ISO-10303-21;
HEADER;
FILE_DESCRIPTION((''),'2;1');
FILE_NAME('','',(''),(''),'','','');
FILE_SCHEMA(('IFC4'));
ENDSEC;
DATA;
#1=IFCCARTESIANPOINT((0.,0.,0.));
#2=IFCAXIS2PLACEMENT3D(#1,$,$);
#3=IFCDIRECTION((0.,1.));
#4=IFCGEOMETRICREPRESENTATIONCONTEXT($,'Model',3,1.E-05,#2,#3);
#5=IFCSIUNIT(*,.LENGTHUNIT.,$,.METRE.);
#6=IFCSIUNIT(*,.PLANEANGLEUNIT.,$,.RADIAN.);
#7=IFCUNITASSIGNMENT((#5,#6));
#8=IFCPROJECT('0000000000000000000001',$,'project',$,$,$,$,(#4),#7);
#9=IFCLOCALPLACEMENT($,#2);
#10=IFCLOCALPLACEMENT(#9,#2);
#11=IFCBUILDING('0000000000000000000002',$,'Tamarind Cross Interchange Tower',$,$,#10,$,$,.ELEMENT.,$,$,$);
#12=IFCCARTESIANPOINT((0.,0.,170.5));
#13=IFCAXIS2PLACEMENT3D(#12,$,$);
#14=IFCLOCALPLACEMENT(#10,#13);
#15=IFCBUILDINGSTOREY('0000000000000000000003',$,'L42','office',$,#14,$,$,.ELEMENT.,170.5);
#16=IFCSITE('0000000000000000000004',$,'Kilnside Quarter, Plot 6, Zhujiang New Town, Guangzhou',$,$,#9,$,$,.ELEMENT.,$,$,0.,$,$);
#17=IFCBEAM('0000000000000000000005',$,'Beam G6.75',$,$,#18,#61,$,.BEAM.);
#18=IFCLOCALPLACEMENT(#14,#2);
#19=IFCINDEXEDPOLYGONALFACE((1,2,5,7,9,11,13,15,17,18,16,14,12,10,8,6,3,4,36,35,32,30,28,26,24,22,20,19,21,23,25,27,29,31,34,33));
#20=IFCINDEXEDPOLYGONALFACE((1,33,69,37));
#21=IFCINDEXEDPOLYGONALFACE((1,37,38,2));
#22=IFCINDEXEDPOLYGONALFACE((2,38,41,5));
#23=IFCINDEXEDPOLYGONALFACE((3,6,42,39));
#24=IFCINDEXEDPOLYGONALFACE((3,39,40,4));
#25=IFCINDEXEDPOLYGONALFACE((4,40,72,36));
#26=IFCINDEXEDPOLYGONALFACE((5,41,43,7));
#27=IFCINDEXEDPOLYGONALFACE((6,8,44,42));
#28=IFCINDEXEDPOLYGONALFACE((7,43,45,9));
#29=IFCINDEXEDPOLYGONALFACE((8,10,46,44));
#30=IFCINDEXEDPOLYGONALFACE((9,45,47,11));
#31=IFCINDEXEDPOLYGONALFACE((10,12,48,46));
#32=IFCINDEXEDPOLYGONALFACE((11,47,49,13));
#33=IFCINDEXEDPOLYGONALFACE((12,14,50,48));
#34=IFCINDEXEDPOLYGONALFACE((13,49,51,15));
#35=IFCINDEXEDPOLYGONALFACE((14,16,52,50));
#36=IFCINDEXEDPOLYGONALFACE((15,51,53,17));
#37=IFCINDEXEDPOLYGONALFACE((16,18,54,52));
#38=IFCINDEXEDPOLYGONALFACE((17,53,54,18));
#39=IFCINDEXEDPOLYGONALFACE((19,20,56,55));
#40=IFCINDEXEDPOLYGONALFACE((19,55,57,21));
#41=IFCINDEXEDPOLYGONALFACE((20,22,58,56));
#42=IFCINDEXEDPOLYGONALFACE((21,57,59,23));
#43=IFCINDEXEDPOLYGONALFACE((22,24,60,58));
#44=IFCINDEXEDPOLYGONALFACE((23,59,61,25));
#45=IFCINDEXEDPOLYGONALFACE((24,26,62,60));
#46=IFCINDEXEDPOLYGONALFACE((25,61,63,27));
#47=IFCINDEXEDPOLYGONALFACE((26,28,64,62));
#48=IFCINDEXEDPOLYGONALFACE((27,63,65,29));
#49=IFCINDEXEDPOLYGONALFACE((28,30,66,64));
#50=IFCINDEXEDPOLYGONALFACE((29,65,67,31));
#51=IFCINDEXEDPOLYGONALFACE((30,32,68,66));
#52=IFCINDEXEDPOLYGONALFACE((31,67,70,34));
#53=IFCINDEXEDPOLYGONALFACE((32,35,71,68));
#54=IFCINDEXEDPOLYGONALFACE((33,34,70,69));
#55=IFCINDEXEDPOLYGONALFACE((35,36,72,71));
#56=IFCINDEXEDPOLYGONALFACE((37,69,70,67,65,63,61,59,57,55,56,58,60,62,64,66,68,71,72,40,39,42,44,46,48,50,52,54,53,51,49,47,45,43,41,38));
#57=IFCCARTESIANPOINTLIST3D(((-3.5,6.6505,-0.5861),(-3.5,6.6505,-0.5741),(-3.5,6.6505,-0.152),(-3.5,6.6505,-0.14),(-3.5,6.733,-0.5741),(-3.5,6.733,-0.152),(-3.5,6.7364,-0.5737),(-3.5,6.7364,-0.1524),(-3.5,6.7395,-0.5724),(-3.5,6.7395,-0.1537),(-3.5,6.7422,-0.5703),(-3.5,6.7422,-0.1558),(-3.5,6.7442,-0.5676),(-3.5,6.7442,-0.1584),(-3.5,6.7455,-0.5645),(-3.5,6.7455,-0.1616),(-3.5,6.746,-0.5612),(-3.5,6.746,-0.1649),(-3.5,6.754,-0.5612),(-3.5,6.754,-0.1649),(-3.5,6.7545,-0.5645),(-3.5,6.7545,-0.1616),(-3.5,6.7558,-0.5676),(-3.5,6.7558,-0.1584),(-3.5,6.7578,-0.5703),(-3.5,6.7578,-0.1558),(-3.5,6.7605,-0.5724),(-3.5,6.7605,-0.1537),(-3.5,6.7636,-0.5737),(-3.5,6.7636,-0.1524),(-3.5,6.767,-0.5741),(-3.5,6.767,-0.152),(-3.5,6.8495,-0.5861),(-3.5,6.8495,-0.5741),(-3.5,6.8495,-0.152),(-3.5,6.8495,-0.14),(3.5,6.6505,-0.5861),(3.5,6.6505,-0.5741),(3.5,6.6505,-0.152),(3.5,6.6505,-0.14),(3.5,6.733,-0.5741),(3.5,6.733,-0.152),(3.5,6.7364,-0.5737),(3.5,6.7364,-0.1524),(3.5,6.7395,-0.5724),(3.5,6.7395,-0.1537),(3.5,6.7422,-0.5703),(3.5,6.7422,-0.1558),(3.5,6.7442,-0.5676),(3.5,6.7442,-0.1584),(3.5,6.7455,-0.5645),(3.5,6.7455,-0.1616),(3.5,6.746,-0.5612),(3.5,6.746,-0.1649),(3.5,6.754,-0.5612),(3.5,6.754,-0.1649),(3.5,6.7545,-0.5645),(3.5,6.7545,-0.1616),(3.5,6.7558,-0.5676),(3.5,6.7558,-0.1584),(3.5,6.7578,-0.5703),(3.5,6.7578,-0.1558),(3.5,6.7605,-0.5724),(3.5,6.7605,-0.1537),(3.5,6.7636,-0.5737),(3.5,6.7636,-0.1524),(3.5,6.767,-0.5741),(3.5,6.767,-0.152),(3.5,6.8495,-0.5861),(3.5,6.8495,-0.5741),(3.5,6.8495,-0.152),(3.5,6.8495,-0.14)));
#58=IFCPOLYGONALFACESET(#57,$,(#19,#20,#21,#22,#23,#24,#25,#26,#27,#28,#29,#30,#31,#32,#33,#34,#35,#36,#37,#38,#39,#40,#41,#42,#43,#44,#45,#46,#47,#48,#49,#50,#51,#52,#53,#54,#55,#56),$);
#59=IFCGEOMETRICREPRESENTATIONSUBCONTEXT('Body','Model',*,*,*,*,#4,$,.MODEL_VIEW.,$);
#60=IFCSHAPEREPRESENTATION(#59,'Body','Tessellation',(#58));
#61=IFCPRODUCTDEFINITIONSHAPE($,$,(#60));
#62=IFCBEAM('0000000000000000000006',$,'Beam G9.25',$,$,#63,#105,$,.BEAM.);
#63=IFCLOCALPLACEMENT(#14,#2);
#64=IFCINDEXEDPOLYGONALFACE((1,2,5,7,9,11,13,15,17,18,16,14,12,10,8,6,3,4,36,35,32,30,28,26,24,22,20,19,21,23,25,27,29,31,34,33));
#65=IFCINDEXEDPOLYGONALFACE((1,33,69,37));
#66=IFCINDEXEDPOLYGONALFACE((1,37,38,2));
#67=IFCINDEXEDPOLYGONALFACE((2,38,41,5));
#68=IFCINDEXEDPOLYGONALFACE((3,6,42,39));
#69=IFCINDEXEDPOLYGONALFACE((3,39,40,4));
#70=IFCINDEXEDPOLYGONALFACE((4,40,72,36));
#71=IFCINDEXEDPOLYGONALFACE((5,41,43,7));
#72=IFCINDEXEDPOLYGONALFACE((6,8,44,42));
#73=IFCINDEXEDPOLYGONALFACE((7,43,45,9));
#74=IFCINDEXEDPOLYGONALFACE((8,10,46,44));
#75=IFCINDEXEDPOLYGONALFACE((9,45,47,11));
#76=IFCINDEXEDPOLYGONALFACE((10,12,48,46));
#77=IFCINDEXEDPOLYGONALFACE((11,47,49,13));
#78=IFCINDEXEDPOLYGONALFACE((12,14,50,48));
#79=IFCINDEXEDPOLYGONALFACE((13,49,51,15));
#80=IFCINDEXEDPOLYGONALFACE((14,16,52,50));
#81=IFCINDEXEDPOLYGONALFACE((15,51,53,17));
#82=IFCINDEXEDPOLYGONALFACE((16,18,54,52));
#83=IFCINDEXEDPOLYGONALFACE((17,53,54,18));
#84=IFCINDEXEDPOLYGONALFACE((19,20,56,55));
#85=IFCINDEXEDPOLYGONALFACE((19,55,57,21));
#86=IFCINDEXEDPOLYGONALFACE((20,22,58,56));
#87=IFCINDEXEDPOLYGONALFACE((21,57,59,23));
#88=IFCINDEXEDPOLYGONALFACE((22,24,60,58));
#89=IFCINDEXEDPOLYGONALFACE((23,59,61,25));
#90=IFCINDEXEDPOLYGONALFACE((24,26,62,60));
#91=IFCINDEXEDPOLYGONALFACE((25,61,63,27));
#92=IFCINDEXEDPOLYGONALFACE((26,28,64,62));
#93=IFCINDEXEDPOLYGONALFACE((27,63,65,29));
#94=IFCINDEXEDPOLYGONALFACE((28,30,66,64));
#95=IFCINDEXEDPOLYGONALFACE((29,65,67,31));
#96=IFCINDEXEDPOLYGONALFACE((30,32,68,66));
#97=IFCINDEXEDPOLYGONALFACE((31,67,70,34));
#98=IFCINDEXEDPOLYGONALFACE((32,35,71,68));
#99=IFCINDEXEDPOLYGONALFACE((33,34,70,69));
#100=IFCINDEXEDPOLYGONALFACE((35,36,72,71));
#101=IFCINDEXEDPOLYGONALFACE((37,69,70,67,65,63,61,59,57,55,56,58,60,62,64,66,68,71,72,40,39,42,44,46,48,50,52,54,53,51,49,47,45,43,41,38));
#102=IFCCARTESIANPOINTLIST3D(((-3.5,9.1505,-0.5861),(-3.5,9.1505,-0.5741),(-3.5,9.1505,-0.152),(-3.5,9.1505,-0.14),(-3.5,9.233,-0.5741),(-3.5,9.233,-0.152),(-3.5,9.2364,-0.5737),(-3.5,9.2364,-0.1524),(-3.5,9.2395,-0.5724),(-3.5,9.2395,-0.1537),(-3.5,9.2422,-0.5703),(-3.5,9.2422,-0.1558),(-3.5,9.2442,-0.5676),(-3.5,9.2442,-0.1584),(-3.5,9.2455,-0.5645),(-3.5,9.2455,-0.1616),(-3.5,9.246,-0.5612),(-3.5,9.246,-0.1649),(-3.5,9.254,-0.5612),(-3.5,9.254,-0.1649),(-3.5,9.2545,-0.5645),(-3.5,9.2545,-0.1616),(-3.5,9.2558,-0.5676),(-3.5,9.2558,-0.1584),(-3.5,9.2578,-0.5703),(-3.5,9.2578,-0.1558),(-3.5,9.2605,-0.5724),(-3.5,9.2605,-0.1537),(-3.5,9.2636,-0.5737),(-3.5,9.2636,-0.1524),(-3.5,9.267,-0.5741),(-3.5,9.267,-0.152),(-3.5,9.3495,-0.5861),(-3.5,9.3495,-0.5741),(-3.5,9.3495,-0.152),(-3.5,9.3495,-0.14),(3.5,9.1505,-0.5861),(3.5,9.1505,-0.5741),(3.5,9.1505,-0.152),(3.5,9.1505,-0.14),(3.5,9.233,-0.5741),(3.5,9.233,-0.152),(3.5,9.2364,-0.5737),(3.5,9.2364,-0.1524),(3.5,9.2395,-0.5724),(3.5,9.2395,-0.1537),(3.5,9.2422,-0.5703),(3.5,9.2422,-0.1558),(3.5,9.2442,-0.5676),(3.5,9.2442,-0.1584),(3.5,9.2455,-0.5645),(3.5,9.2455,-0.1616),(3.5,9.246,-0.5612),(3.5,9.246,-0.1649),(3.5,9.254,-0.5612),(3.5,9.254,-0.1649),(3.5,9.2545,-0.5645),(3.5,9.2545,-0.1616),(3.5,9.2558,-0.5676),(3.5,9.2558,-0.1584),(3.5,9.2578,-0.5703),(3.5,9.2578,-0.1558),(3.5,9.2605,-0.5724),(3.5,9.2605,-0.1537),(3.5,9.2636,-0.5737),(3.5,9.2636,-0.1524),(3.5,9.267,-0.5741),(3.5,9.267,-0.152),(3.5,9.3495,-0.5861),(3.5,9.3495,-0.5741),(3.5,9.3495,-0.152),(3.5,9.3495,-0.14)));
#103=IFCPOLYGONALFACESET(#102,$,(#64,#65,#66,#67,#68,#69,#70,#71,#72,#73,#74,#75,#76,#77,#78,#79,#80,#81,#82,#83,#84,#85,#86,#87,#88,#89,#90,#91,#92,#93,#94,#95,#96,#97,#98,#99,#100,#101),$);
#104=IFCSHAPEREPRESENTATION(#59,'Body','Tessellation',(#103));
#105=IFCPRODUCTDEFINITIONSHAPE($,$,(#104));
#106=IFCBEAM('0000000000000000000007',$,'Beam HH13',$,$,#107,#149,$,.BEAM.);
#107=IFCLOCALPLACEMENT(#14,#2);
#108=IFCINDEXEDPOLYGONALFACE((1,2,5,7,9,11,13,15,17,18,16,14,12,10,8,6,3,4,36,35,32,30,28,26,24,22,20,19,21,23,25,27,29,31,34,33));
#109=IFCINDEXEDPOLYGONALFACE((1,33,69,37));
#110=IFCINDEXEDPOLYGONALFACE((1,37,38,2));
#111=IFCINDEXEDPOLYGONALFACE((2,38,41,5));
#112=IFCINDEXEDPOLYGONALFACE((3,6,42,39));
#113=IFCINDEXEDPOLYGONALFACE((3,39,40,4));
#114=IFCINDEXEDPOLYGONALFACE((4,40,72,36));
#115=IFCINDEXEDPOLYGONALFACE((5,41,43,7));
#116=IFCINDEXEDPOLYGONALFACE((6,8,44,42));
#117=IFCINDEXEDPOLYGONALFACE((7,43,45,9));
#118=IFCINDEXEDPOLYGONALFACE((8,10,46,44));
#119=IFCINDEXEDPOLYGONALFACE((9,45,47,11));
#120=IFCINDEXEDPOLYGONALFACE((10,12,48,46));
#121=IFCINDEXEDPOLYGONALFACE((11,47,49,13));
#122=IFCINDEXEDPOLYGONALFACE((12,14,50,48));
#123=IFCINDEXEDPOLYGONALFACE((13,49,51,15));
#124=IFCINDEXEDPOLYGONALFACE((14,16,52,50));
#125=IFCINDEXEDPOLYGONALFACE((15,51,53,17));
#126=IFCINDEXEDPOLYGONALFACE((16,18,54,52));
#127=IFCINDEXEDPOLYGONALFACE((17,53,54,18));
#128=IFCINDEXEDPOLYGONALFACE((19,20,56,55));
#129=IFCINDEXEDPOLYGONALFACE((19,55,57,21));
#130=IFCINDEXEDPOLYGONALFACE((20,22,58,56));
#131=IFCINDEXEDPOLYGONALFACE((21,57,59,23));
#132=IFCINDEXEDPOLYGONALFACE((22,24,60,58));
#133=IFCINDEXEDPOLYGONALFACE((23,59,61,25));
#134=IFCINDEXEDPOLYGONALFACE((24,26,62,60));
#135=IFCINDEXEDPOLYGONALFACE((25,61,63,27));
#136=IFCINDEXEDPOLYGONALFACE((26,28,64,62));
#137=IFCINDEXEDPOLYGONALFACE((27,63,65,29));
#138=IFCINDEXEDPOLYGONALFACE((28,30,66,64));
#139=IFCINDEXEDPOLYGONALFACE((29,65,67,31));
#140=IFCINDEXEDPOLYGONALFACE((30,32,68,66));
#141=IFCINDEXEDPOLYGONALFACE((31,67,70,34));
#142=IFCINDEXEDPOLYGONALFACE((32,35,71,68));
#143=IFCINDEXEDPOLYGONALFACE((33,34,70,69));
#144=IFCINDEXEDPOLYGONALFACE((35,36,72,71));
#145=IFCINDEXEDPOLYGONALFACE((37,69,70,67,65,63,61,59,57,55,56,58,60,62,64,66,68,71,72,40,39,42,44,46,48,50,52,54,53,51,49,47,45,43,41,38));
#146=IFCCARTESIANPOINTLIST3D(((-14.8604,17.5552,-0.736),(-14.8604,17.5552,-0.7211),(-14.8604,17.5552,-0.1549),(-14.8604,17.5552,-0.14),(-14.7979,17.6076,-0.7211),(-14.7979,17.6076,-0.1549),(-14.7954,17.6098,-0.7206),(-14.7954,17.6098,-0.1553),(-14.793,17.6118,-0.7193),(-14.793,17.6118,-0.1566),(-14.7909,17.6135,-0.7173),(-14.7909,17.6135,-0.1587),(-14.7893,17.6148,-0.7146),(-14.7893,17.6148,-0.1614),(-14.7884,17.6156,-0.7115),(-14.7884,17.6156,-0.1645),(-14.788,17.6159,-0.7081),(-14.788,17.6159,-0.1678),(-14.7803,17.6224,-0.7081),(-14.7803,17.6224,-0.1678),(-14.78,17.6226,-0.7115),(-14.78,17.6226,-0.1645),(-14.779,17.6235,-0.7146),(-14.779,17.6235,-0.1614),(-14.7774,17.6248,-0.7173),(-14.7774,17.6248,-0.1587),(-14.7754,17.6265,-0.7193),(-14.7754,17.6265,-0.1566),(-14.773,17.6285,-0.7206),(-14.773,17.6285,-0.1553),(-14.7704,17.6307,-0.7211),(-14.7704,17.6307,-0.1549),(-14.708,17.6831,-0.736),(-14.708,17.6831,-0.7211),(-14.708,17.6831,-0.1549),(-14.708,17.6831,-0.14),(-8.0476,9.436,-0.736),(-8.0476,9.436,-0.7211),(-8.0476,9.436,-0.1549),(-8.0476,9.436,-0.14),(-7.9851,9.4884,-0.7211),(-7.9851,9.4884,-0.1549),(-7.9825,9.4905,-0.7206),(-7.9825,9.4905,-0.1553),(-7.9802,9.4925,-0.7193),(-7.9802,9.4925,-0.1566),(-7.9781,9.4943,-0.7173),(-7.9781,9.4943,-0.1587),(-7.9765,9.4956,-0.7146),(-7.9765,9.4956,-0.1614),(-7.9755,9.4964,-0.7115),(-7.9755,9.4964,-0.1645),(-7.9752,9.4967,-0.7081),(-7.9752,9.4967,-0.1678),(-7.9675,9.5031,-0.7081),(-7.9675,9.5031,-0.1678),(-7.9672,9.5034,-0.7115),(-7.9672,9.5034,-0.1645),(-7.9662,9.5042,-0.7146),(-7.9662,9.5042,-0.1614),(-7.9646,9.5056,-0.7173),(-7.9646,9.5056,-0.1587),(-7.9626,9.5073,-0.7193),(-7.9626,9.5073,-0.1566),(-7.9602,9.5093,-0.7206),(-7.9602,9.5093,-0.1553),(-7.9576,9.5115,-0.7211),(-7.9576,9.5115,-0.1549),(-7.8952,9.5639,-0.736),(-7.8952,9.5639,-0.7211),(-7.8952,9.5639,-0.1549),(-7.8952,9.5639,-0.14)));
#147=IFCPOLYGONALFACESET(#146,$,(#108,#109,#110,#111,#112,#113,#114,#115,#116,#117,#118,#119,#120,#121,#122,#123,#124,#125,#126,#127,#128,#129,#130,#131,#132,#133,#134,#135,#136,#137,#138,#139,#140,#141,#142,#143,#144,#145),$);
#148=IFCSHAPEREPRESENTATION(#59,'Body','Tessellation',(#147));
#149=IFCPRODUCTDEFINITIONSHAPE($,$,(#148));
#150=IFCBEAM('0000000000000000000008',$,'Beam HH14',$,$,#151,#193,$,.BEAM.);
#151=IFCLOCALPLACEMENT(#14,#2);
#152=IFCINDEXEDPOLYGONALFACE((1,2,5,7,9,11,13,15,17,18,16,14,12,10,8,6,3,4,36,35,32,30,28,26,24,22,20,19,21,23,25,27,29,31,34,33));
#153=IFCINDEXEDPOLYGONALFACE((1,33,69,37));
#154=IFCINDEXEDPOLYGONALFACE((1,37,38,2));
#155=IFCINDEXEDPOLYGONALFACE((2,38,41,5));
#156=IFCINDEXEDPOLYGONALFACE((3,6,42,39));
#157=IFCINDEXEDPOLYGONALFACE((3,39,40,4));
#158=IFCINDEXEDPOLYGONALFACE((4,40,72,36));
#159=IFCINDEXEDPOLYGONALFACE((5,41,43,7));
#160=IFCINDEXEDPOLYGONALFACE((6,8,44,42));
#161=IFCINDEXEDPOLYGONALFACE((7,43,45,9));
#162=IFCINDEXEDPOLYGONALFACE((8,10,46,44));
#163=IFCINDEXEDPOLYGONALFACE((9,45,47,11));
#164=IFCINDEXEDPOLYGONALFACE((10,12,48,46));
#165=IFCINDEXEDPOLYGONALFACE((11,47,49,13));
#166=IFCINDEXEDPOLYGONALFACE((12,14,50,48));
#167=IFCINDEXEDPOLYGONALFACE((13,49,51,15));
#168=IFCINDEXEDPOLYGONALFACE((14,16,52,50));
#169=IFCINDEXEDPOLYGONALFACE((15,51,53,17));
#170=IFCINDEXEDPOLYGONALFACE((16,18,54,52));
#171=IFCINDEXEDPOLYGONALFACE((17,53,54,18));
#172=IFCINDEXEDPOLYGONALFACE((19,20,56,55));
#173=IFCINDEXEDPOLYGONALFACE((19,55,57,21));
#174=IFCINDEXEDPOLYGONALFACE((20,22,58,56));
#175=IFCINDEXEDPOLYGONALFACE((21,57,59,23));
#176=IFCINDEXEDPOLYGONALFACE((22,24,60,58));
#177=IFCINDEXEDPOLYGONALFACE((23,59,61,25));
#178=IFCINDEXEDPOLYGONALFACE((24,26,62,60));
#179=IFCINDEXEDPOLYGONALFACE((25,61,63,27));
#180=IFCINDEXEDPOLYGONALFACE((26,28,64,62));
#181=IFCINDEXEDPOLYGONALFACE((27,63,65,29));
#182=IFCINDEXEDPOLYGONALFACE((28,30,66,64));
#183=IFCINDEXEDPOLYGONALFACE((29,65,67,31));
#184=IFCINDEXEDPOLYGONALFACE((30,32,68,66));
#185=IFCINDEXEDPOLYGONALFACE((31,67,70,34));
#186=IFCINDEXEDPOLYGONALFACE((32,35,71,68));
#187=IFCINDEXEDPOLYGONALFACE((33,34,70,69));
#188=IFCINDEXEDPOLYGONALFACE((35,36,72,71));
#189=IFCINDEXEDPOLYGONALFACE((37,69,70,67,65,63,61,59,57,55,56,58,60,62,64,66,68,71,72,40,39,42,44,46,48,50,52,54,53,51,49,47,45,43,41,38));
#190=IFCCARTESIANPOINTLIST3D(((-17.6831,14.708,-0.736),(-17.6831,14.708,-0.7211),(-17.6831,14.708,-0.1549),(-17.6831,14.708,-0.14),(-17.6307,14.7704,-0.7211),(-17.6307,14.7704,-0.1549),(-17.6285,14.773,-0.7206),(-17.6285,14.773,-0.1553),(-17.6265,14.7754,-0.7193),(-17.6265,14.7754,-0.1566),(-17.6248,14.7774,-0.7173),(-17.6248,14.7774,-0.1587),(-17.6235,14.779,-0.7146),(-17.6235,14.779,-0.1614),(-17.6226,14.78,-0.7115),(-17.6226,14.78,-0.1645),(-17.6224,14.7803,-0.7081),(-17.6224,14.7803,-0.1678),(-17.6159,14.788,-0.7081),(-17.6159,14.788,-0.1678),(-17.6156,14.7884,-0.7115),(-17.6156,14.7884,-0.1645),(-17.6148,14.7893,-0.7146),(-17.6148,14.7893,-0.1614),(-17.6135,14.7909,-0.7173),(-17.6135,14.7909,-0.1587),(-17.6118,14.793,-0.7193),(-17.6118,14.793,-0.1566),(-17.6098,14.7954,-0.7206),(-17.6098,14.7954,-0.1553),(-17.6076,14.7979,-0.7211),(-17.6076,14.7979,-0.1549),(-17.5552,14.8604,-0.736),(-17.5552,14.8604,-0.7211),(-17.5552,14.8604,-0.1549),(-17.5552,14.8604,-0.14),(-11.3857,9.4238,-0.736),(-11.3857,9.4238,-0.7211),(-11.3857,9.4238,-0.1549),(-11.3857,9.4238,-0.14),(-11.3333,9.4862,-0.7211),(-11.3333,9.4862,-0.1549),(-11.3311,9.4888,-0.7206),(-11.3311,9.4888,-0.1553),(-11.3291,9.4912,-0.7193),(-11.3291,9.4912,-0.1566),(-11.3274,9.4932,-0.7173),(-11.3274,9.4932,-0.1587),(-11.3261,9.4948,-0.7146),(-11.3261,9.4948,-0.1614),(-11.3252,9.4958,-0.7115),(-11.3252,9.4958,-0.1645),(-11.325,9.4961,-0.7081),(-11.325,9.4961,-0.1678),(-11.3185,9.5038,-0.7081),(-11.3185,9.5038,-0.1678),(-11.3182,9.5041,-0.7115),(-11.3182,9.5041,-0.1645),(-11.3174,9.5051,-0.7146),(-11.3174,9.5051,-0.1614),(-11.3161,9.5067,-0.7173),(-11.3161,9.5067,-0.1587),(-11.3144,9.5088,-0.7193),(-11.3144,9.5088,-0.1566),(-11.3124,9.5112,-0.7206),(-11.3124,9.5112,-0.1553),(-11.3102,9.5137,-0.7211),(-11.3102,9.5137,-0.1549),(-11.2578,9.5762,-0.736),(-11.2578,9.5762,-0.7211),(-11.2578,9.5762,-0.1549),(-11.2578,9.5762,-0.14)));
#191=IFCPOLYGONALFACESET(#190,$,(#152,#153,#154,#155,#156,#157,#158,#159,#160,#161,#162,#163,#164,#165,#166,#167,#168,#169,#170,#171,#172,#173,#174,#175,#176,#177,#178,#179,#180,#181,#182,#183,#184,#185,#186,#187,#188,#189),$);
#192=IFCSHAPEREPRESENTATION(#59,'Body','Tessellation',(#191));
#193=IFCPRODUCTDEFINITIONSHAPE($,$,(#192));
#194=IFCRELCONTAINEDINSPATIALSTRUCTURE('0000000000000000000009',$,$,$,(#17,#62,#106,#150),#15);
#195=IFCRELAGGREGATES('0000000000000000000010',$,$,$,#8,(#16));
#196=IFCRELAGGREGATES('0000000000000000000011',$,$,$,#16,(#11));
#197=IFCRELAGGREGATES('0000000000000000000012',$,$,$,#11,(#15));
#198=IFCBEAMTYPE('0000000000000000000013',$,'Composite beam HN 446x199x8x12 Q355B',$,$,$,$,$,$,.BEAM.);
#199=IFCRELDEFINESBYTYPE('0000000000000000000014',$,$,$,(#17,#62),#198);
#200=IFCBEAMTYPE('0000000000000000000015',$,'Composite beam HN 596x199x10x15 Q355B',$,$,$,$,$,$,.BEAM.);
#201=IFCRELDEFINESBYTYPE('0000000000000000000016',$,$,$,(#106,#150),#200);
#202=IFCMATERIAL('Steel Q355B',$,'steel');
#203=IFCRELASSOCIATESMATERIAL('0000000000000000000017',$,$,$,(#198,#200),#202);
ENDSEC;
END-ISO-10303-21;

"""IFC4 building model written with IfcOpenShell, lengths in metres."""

from ifc_helpers import new_model, si_unit, direction, frame, origin, origin_2d, place, context, subcontext, project, spatial, i_section, extrude, material, material_profile, profile_set, type_object, element, save


model = new_model("IFC4")

# Units and contexts
model_context = context("Model", 3, precision=1e-05, world=origin(), true_north=direction((0.0, 1.0)))
body_context = subcontext(model_context, "Body", "Model", "MODEL_VIEW")
ifc_project = project(units=[si_unit("LENGTHUNIT", "METRE"), si_unit("PLANEANGLEUNIT", "RADIAN")], contexts=[model_context])

# Site, building, storey
site_placement = place(None, origin())
site = spatial("IfcSite", under=ifc_project, at=site_placement, Name="Kilnside Quarter, Plot 6, Zhujiang New Town, Guangzhou", CompositionType="ELEMENT", RefElevation=0.0)
building_placement = place(site_placement, origin())
building = spatial("IfcBuilding", under=site, at=building_placement, Name="Tamarind Cross Interchange Tower", CompositionType="ELEMENT")
storey_placement = place(building_placement, frame((0.0, 0.0, 170.5)))
storey = spatial("IfcBuildingStorey", under=building, at=storey_placement, Name="L42", Description="office", CompositionType="ELEMENT", Elevation=170.5)

# Beams
ifc_material_1 = material(Name="Steel Q355B", Category="steel")
ifc_material_profile_1 = material_profile(ifc_material_1, i_section(OverallWidth=0.199, OverallDepth=0.446, WebThickness=0.0081, FlangeThickness=0.012, FilletRadius=0.0129, at=origin_2d()), Name="HN 446x199x8x12")
ifc_profile_set_1 = profile_set([ifc_material_profile_1], Name="Steel Q355B")
beam_type_1 = type_object("IfcBeamType", Name="Composite beam HN 446x199x8x12 Q355B", PredefinedType="BEAM", material=ifc_profile_set_1)
for number, where, z_axis, x_axis, name in (
    (1, (-3.5, 6.75, -0.363), (1.0, 0.0, 0.0), (0.0, 1.0, 0.0), "Beam G6.75"),
    (2, (-3.5, 9.25, -0.363), (1.0, 0.0, 0.0), (0.0, 1.0, 0.0), "Beam G9.25"),
):
    element("IfcBeam", number, at=place(storey_placement, frame(where, z_axis=z_axis, x_axis=x_axis)), inside=storey, type_object=beam_type_1, Name=name, PredefinedType="BEAM", context=body_context, shape_type="SweptSolid", body=[
        extrude(i_section(OverallWidth=0.199, OverallDepth=0.446, WebThickness=0.0081, FlangeThickness=0.012, FilletRadius=0.0129, at=origin_2d()), origin(), (0.0, 0.0, 1.0), 7.0),
    ])
ifc_material_profile_2 = material_profile(ifc_material_1, i_section(OverallWidth=0.199, OverallDepth=0.5959, WebThickness=0.01, FlangeThickness=0.0149, FilletRadius=0.0129, at=origin_2d()), Name="HN 596x199x10x15")
ifc_profile_set_2 = profile_set([ifc_material_profile_2], Name="Steel Q355B")
beam_type_2 = type_object("IfcBeamType", Name="Composite beam HN 596x199x10x15 Q355B", PredefinedType="BEAM", material=ifc_profile_set_2)
beam_1_placement = place(storey_placement, frame((-14.7842, 17.6191, -0.438), z_axis=(0.642786, -0.766046, 0.0), x_axis=(0.766046, 0.642786, 0.0)))
element("IfcBeam", 3, at=beam_1_placement, inside=storey, type_object=beam_type_2, Name="Beam HH13", PredefinedType="BEAM", context=body_context, shape_type="SweptSolid", body=[
    extrude(i_section(OverallWidth=0.199, OverallDepth=0.5959, WebThickness=0.01, FlangeThickness=0.0149, FilletRadius=0.0129, at=origin_2d()), origin(), (0.0, 0.0, 1.0), 10.5989),
])
beam_2_placement = place(storey_placement, frame((-17.6191, 14.7842, -0.438), z_axis=(0.766041, -0.642792, 0.0), x_axis=(0.642792, 0.766041, 0.0)))
element("IfcBeam", 4, at=beam_2_placement, inside=storey, type_object=beam_type_2, Name="Beam HH14", PredefinedType="BEAM", context=body_context, shape_type="SweptSolid", body=[
    extrude(i_section(OverallWidth=0.199, OverallDepth=0.5959, WebThickness=0.01, FlangeThickness=0.0149, FilletRadius=0.0129, at=origin_2d()), origin(), (0.0, 0.0, 1.0), 8.2207),
])

save(model, "model.ifc")
